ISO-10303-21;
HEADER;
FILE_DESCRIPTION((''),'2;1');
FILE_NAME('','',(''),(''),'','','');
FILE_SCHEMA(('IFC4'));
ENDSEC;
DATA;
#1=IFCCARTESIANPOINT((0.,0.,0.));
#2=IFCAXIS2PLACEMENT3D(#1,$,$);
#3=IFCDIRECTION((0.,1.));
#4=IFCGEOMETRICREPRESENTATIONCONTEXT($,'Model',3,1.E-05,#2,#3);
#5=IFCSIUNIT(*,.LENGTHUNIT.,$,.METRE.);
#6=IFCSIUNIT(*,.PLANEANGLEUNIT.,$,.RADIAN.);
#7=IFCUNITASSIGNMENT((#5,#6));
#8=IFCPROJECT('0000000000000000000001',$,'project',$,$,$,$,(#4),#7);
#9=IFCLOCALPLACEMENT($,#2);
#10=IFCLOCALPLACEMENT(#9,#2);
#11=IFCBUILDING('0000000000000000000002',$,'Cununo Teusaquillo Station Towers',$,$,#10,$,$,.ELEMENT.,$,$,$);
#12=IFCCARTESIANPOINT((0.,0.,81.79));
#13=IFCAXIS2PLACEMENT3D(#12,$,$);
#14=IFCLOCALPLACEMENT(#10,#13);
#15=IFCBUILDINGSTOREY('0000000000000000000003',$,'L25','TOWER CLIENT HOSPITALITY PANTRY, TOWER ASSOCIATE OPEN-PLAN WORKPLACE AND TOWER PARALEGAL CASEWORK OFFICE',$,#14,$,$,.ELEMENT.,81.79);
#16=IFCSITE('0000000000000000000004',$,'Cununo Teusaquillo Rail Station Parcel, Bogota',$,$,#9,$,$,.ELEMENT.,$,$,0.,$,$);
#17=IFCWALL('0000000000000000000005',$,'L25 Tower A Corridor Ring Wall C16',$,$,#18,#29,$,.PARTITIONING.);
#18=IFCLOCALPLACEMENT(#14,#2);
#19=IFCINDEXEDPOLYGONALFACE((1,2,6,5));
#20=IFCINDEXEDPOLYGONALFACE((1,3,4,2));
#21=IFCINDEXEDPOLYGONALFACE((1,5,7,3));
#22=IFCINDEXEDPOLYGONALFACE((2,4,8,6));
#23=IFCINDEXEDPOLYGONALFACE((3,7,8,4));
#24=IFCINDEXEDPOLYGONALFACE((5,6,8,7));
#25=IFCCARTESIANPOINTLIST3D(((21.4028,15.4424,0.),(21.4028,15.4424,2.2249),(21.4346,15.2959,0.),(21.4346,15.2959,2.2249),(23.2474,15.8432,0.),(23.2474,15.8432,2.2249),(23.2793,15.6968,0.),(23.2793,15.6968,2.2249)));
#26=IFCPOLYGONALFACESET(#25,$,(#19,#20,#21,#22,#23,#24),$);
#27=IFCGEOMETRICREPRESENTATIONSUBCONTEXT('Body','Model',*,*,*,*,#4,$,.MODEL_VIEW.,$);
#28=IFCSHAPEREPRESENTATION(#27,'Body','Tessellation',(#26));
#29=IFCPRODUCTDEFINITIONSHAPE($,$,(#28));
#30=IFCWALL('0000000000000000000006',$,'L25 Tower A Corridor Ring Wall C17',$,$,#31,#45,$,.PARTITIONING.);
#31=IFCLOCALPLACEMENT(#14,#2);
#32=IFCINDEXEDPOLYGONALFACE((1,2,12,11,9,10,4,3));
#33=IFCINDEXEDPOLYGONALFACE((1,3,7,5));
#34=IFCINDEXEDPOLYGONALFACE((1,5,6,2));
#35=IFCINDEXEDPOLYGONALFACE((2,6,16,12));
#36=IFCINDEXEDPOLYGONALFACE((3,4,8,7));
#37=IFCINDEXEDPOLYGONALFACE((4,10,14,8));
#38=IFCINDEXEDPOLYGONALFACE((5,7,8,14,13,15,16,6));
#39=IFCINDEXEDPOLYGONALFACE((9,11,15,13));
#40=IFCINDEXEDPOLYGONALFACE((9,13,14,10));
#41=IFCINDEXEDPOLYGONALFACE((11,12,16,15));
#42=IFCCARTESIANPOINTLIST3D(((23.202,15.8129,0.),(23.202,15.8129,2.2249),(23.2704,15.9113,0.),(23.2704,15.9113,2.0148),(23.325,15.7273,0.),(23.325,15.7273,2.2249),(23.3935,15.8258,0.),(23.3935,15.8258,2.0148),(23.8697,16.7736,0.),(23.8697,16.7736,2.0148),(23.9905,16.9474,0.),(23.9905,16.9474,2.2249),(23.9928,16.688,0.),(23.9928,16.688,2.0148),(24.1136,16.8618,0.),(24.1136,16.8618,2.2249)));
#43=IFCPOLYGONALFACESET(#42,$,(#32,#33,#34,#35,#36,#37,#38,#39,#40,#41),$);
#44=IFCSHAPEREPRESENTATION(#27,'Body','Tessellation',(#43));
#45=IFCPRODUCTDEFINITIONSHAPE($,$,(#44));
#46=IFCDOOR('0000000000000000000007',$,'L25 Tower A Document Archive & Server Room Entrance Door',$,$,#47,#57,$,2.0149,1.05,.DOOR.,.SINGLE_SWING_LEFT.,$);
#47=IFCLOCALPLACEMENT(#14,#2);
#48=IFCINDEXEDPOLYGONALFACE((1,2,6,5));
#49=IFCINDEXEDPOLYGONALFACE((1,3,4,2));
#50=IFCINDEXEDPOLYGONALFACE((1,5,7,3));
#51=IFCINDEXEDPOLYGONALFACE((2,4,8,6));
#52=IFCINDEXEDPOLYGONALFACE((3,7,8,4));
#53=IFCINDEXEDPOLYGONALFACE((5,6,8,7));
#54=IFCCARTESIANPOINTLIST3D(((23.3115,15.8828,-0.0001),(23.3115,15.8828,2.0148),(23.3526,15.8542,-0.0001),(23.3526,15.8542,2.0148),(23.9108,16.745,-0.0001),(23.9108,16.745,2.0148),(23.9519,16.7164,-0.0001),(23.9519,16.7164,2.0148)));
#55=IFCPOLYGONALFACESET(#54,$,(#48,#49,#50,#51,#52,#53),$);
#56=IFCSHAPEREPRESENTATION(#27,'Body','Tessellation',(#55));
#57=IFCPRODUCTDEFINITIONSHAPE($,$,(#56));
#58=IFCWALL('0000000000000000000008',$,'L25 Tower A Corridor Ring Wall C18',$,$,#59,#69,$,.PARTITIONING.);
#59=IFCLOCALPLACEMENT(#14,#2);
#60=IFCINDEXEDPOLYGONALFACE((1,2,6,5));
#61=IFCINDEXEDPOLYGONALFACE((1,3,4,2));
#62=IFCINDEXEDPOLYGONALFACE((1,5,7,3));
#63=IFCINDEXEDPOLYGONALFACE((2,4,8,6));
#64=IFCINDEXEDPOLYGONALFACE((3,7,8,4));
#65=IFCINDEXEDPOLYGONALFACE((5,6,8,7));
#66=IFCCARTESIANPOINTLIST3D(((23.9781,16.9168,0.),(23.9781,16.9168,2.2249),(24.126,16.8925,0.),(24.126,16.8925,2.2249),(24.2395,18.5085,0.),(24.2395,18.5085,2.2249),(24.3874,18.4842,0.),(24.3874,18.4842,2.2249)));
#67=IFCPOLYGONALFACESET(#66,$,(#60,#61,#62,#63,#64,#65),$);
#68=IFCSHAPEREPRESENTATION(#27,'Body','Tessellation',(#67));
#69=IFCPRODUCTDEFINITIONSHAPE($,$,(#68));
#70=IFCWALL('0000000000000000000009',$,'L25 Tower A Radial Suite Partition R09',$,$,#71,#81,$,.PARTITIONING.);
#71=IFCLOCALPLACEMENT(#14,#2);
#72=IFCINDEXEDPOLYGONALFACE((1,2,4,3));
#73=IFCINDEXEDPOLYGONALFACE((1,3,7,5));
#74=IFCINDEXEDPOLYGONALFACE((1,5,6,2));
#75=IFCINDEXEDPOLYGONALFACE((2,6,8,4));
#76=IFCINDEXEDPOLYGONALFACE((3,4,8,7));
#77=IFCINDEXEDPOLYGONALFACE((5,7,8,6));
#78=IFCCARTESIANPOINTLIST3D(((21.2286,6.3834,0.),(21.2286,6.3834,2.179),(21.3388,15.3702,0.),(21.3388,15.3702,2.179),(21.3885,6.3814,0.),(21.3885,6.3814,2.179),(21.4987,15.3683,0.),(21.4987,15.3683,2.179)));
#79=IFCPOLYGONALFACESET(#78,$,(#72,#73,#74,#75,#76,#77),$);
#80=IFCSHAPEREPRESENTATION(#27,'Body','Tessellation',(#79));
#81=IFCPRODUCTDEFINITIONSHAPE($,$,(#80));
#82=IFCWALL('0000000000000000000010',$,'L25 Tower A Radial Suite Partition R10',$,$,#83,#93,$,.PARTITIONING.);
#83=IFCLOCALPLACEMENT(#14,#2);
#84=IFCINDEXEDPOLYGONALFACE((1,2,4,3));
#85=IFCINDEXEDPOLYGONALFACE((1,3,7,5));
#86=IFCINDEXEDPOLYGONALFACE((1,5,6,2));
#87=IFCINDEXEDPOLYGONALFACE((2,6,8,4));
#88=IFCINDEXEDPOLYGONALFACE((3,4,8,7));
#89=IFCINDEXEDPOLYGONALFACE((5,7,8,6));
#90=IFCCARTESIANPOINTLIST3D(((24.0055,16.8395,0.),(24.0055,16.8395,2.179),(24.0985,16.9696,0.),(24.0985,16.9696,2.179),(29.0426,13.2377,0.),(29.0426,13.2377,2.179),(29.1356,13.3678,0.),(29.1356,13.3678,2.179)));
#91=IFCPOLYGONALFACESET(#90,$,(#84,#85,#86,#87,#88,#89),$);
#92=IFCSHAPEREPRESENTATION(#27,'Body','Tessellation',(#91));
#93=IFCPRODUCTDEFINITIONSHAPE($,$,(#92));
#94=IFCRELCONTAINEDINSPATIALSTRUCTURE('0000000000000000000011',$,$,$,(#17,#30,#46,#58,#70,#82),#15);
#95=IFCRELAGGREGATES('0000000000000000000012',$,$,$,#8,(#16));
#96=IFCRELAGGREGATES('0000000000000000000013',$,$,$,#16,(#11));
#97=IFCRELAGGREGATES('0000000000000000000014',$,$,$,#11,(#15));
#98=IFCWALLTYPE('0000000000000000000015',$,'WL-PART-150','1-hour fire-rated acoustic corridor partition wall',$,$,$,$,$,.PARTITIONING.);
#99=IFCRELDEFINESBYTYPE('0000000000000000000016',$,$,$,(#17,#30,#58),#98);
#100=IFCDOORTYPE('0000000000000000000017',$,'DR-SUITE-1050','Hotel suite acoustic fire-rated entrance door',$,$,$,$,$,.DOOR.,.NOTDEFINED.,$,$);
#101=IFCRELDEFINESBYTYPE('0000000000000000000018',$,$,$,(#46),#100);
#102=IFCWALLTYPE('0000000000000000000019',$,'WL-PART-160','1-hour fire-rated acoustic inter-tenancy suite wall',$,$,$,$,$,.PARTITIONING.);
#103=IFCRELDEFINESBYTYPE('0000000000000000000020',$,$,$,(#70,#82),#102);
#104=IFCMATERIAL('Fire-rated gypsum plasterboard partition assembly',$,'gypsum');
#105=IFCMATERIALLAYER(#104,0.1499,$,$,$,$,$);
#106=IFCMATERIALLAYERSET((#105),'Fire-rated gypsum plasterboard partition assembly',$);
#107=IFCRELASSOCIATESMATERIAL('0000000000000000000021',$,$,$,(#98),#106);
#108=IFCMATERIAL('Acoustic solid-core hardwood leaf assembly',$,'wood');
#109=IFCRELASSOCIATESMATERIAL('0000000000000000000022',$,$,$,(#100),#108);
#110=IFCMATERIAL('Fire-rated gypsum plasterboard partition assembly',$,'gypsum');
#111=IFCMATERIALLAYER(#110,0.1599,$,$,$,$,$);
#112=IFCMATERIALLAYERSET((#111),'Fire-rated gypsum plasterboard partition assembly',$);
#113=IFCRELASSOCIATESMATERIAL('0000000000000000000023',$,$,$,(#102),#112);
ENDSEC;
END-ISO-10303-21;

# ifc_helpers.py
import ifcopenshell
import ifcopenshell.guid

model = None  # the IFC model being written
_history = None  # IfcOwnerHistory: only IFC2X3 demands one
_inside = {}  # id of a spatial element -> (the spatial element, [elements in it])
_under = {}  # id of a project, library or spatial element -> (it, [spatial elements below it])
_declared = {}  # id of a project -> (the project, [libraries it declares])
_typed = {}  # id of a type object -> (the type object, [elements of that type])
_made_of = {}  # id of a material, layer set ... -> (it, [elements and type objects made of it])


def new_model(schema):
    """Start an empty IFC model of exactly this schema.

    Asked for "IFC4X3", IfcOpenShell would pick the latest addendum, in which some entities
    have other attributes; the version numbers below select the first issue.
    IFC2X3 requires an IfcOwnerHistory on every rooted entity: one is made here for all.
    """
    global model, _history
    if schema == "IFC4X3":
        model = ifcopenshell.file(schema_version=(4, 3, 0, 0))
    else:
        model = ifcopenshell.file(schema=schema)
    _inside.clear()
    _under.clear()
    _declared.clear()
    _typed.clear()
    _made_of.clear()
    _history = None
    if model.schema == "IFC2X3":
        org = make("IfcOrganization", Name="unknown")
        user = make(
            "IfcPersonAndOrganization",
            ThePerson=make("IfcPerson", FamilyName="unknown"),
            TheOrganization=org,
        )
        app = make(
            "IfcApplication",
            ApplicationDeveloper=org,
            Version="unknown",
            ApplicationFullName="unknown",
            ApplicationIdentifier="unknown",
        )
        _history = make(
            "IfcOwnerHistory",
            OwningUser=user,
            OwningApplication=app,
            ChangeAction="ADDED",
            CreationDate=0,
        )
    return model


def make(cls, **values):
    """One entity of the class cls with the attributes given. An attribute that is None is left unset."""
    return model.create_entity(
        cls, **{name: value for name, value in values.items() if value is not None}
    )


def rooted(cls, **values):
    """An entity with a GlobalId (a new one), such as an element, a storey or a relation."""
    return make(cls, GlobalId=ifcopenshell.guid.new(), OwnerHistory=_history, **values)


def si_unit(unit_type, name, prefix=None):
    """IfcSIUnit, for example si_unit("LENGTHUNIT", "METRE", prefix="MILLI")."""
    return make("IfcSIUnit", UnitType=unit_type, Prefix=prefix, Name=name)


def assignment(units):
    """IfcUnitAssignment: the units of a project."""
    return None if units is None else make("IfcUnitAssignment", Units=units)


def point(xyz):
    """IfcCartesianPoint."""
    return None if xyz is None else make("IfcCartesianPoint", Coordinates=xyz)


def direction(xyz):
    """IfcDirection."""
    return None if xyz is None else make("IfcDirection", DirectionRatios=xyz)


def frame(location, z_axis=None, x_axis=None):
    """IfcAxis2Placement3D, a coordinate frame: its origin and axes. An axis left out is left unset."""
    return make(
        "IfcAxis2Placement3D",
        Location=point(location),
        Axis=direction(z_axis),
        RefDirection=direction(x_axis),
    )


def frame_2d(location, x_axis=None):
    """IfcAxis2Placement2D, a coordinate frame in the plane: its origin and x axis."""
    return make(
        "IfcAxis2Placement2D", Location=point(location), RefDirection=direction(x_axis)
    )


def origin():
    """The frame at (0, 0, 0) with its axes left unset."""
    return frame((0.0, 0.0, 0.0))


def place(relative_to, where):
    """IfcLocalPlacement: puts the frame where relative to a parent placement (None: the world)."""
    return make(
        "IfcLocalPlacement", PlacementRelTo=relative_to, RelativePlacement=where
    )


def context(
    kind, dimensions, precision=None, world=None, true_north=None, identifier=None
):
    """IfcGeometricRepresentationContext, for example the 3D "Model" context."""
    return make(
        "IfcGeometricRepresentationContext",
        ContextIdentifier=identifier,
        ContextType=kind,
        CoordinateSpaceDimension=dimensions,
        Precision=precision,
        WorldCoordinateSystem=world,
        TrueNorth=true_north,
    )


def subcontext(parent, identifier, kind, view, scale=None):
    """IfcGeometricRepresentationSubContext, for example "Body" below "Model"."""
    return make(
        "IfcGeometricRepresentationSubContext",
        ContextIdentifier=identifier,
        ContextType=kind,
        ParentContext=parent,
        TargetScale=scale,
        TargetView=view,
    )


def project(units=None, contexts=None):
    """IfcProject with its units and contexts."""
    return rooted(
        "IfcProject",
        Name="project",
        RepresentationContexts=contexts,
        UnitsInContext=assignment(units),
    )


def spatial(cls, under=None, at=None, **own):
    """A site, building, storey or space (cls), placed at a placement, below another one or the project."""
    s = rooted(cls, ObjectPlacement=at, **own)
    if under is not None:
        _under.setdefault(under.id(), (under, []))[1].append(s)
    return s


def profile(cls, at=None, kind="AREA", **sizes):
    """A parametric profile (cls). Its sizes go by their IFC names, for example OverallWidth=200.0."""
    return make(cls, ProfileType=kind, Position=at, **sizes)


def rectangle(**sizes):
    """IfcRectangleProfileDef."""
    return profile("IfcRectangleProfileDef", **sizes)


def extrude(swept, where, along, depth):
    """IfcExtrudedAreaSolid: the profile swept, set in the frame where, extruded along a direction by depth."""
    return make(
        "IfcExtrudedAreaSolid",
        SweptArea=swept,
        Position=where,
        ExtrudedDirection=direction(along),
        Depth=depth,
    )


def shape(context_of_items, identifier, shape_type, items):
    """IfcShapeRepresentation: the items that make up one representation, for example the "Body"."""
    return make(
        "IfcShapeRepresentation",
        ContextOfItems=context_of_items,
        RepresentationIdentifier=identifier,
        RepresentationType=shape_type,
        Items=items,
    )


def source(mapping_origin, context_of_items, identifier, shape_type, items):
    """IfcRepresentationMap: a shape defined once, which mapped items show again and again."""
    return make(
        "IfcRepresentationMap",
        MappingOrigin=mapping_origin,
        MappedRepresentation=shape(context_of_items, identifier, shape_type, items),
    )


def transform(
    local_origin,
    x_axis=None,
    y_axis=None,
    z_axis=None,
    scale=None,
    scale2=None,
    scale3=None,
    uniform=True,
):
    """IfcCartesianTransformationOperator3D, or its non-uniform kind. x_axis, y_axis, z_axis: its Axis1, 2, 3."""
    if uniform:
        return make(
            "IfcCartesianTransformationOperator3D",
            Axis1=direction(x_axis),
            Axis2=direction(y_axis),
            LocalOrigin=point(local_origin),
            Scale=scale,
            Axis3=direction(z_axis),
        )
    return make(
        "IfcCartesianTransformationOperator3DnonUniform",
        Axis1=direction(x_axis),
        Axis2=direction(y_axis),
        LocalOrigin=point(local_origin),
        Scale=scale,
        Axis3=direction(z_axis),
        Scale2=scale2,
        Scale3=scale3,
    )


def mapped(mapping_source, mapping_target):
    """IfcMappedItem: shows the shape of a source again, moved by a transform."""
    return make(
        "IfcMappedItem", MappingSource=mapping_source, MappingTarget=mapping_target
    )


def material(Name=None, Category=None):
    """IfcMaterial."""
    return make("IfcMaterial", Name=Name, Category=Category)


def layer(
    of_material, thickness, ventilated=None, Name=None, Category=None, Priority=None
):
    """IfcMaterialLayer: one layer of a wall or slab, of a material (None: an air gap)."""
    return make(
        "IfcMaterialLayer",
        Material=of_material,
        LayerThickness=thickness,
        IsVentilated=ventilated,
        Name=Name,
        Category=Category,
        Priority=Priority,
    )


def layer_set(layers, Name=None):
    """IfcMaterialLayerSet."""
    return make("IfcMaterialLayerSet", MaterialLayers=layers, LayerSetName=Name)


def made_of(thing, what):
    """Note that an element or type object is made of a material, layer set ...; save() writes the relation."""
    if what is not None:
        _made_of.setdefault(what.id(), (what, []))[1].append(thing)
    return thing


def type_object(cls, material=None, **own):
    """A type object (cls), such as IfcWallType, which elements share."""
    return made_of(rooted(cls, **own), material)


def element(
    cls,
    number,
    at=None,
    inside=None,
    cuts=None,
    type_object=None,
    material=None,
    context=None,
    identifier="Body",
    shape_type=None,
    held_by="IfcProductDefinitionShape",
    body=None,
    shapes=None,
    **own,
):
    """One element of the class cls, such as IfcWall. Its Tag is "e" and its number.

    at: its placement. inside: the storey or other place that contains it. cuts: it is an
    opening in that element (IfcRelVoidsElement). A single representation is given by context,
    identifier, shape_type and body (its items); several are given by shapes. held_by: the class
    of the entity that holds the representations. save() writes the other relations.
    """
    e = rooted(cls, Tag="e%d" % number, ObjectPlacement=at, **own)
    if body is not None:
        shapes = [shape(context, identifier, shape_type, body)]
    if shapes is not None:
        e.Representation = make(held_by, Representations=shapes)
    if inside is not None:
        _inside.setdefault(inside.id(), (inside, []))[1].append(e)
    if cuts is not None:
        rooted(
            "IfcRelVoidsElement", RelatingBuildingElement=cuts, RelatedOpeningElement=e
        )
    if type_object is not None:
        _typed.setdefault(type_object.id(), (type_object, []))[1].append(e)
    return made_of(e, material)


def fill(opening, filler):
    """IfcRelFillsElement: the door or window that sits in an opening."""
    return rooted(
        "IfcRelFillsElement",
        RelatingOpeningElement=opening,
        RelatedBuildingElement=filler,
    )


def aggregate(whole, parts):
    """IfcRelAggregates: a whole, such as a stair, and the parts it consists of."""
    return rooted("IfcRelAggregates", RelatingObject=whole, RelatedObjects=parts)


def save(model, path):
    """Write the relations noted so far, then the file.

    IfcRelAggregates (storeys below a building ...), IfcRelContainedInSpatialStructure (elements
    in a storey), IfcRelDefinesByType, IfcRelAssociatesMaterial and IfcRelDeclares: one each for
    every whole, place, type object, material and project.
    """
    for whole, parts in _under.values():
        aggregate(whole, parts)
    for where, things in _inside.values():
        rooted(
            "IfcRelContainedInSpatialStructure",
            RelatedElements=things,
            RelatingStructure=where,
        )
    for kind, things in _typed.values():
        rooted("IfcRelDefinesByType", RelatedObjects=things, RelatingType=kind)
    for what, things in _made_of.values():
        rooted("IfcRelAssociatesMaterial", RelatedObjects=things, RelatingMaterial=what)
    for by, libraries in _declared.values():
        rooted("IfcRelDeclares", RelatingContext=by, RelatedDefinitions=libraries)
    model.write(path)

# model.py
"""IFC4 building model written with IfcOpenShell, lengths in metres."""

from ifc_helpers import new_model, si_unit, direction, frame, frame_2d, origin, place, context, subcontext, project, spatial, rectangle, extrude, source, transform, mapped, material, layer, layer_set, type_object, element, fill, save


model = new_model("IFC4")

# Units and contexts
model_context = context("Model", 3, precision=1e-05, world=origin(), true_north=direction((0.0, 1.0)))
body_context = subcontext(model_context, "Body", "Model", "MODEL_VIEW")
ifc_project = project(units=[si_unit("LENGTHUNIT", "METRE"), si_unit("PLANEANGLEUNIT", "RADIAN")], contexts=[model_context])

# Site, building, storey
site_placement = place(None, origin())
site = spatial("IfcSite", under=ifc_project, at=site_placement, Name="Cununo Teusaquillo Rail Station Parcel, Bogota", CompositionType="ELEMENT", RefElevation=0.0)
building_placement = place(site_placement, origin())
building = spatial("IfcBuilding", under=site, at=building_placement, Name="Cununo Teusaquillo Station Towers", CompositionType="ELEMENT")
storey_placement = place(building_placement, frame((0.0, 0.0, 81.79)))
storey = spatial("IfcBuildingStorey", under=building, at=storey_placement, Name="L25", Description="TOWER CLIENT HOSPITALITY PANTRY, TOWER ASSOCIATE OPEN-PLAN WORKPLACE AND TOWER PARALEGAL CASEWORK OFFICE", CompositionType="ELEMENT", Elevation=81.79)

# Shared definitions
ifc_material_1 = material(Name="Fire-rated gypsum plasterboard partition assembly", Category="gypsum")
ifc_layer_1 = layer(ifc_material_1, 0.1499)
ifc_layer_set_1 = layer_set([ifc_layer_1], Name="Fire-rated gypsum plasterboard partition assembly")
wall_type_1 = type_object("IfcWallType", Name="WL-PART-150", Description="1-hour fire-rated acoustic corridor partition wall", PredefinedType="PARTITIONING", material=ifc_layer_set_1)
shared_shape_1 = source(origin(), body_context, "Body", "SweptSolid", [
    extrude(rectangle(XDim=1.05, YDim=2.0149, at=frame_2d((0.5249, 1.0073))), frame((0.0, 0.085, 0.0), z_axis=(0.0, -1.0, 0.0), x_axis=(1.0, 0.0, 0.0)), (0.0, 0.0, 1.0), 0.1699),
])
ifc_material_2 = material(Name="Acoustic solid-core hardwood leaf assembly", Category="wood")
door_type = type_object("IfcDoorType", Name="DR-SUITE-1050", Description="Hotel suite acoustic fire-rated entrance door", OperationType="NOTDEFINED", PredefinedType="DOOR", material=ifc_material_2)
shared_shape_2 = source(origin(), body_context, "Body", "SweptSolid", [
    extrude(rectangle(XDim=1.05, YDim=2.0149, at=frame_2d((0.5249, 1.0073))), frame((0.0, 0.0249, 0.0), z_axis=(0.0, -1.0, 0.0), x_axis=(1.0, 0.0, 0.0)), (0.0, 0.0, 1.0), 0.05),
])

# Wall
wall_1_placement = place(storey_placement, frame((21.4187, 15.3691, 0.0), z_axis=(0.0, 0.0, 1.0), x_axis=(0.977193, 0.212354, 0.0)))
element("IfcWall", 1, at=wall_1_placement, inside=storey, type_object=wall_type_1, Name="L25 Tower A Corridor Ring Wall C16", PredefinedType="PARTITIONING", context=body_context, shape_type="SweptSolid", body=[
    extrude(rectangle(XDim=1.8877, YDim=0.1499, at=frame_2d((0.9438, 0.0))), origin(), (0.0, 0.0, 1.0), 2.2249),
])

# Wall, opening, door
wall_2_placement = place(storey_placement, frame((23.2634, 15.77, 0.0), z_axis=(0.0, 0.0, 1.0), x_axis=(0.570743, 0.821128, 0.0)))
wall_2 = element("IfcWall", 2, at=wall_2_placement, inside=storey, type_object=wall_type_1, Name="L25 Tower A Corridor Ring Wall C17", PredefinedType="PARTITIONING", context=body_context, shape_type="SweptSolid", body=[
    extrude(rectangle(XDim=1.3816, YDim=0.1499, at=frame_2d((0.6909, 0.0))), origin(), (0.0, 0.0, 1.0), 2.2249),
])
opening_1_placement = place(wall_2_placement, frame((0.1201, 0.0, 0.0)))
opening_1 = element("IfcOpeningElement", 3, at=opening_1_placement, cuts=wall_2, PredefinedType="OPENING", context=body_context, shape_type="MappedRepresentation", body=[
    mapped(shared_shape_1, transform((0.0, 0.0, 0.0), x_axis=(1.0, 0.0, 0.0), y_axis=(0.0, 1.0, 0.0), z_axis=(0.0, 0.0, 1.0), scale=1.0)),
])
door_1_placement = place(opening_1_placement, origin())
door_1 = element("IfcDoor", 4, at=door_1_placement, inside=storey, type_object=door_type, Name="L25 Tower A Document Archive & Server Room Entrance Door", OperationType="SINGLE_SWING_LEFT", OverallHeight=2.0149, OverallWidth=1.05, PredefinedType="DOOR", context=body_context, shape_type="MappedRepresentation", body=[
    mapped(shared_shape_2, transform((0.0, 0.0, 0.0), x_axis=(1.0, 0.0, 0.0), y_axis=(0.0, 1.0, 0.0), z_axis=(0.0, 0.0, 1.0), scale=1.0)),
])
fill(opening_1, door_1)

# Walls
wall_3_placement = place(storey_placement, frame((24.052, 16.9045, 0.0), z_axis=(0.0, 0.0, 1.0), x_axis=(0.162092, 0.986776, 0.0)))
element("IfcWall", 5, at=wall_3_placement, inside=storey, type_object=wall_type_1, Name="L25 Tower A Corridor Ring Wall C18", PredefinedType="PARTITIONING", context=body_context, shape_type="SweptSolid", body=[
    extrude(rectangle(XDim=1.613, YDim=0.1499, at=frame_2d((0.8066, 0.0))), origin(), (0.0, 0.0, 1.0), 2.2249),
])
ifc_material_3 = material(Name="Fire-rated gypsum plasterboard partition assembly", Category="gypsum")
ifc_layer_2 = layer(ifc_material_3, 0.1599)
ifc_layer_set_2 = layer_set([ifc_layer_2], Name="Fire-rated gypsum plasterboard partition assembly")
wall_type_2 = type_object("IfcWallType", Name="WL-PART-160", Description="1-hour fire-rated acoustic inter-tenancy suite wall", PredefinedType="PARTITIONING", material=ifc_layer_set_2)
wall_4_placement = place(storey_placement, frame((21.4187, 15.3691, 0.0), z_axis=(0.0, 0.0, 1.0), x_axis=(-0.012251, -0.999925, 0.0)))
element("IfcWall", 6, at=wall_4_placement, inside=storey, type_object=wall_type_2, Name="L25 Tower A Radial Suite Partition R09", PredefinedType="PARTITIONING", context=body_context, shape_type="SweptSolid", body=[
    extrude(rectangle(XDim=8.9875, YDim=0.1599, at=frame_2d((4.4937, 0.0))), origin(), (0.0, 0.0, 1.0), 2.179),
])
wall_5_placement = place(storey_placement, frame((24.052, 16.9045, 0.0), z_axis=(0.0, 0.0, 1.0), x_axis=(0.813438, -0.581652, 0.0)))
element("IfcWall", 7, at=wall_5_placement, inside=storey, type_object=wall_type_2, Name="L25 Tower A Radial Suite Partition R10", PredefinedType="PARTITIONING", context=body_context, shape_type="SweptSolid", body=[
    extrude(rectangle(XDim=6.1924, YDim=0.1599, at=frame_2d((3.0962, 0.0))), origin(), (0.0, 0.0, 1.0), 2.179),
])

save(model, "model.ifc")
